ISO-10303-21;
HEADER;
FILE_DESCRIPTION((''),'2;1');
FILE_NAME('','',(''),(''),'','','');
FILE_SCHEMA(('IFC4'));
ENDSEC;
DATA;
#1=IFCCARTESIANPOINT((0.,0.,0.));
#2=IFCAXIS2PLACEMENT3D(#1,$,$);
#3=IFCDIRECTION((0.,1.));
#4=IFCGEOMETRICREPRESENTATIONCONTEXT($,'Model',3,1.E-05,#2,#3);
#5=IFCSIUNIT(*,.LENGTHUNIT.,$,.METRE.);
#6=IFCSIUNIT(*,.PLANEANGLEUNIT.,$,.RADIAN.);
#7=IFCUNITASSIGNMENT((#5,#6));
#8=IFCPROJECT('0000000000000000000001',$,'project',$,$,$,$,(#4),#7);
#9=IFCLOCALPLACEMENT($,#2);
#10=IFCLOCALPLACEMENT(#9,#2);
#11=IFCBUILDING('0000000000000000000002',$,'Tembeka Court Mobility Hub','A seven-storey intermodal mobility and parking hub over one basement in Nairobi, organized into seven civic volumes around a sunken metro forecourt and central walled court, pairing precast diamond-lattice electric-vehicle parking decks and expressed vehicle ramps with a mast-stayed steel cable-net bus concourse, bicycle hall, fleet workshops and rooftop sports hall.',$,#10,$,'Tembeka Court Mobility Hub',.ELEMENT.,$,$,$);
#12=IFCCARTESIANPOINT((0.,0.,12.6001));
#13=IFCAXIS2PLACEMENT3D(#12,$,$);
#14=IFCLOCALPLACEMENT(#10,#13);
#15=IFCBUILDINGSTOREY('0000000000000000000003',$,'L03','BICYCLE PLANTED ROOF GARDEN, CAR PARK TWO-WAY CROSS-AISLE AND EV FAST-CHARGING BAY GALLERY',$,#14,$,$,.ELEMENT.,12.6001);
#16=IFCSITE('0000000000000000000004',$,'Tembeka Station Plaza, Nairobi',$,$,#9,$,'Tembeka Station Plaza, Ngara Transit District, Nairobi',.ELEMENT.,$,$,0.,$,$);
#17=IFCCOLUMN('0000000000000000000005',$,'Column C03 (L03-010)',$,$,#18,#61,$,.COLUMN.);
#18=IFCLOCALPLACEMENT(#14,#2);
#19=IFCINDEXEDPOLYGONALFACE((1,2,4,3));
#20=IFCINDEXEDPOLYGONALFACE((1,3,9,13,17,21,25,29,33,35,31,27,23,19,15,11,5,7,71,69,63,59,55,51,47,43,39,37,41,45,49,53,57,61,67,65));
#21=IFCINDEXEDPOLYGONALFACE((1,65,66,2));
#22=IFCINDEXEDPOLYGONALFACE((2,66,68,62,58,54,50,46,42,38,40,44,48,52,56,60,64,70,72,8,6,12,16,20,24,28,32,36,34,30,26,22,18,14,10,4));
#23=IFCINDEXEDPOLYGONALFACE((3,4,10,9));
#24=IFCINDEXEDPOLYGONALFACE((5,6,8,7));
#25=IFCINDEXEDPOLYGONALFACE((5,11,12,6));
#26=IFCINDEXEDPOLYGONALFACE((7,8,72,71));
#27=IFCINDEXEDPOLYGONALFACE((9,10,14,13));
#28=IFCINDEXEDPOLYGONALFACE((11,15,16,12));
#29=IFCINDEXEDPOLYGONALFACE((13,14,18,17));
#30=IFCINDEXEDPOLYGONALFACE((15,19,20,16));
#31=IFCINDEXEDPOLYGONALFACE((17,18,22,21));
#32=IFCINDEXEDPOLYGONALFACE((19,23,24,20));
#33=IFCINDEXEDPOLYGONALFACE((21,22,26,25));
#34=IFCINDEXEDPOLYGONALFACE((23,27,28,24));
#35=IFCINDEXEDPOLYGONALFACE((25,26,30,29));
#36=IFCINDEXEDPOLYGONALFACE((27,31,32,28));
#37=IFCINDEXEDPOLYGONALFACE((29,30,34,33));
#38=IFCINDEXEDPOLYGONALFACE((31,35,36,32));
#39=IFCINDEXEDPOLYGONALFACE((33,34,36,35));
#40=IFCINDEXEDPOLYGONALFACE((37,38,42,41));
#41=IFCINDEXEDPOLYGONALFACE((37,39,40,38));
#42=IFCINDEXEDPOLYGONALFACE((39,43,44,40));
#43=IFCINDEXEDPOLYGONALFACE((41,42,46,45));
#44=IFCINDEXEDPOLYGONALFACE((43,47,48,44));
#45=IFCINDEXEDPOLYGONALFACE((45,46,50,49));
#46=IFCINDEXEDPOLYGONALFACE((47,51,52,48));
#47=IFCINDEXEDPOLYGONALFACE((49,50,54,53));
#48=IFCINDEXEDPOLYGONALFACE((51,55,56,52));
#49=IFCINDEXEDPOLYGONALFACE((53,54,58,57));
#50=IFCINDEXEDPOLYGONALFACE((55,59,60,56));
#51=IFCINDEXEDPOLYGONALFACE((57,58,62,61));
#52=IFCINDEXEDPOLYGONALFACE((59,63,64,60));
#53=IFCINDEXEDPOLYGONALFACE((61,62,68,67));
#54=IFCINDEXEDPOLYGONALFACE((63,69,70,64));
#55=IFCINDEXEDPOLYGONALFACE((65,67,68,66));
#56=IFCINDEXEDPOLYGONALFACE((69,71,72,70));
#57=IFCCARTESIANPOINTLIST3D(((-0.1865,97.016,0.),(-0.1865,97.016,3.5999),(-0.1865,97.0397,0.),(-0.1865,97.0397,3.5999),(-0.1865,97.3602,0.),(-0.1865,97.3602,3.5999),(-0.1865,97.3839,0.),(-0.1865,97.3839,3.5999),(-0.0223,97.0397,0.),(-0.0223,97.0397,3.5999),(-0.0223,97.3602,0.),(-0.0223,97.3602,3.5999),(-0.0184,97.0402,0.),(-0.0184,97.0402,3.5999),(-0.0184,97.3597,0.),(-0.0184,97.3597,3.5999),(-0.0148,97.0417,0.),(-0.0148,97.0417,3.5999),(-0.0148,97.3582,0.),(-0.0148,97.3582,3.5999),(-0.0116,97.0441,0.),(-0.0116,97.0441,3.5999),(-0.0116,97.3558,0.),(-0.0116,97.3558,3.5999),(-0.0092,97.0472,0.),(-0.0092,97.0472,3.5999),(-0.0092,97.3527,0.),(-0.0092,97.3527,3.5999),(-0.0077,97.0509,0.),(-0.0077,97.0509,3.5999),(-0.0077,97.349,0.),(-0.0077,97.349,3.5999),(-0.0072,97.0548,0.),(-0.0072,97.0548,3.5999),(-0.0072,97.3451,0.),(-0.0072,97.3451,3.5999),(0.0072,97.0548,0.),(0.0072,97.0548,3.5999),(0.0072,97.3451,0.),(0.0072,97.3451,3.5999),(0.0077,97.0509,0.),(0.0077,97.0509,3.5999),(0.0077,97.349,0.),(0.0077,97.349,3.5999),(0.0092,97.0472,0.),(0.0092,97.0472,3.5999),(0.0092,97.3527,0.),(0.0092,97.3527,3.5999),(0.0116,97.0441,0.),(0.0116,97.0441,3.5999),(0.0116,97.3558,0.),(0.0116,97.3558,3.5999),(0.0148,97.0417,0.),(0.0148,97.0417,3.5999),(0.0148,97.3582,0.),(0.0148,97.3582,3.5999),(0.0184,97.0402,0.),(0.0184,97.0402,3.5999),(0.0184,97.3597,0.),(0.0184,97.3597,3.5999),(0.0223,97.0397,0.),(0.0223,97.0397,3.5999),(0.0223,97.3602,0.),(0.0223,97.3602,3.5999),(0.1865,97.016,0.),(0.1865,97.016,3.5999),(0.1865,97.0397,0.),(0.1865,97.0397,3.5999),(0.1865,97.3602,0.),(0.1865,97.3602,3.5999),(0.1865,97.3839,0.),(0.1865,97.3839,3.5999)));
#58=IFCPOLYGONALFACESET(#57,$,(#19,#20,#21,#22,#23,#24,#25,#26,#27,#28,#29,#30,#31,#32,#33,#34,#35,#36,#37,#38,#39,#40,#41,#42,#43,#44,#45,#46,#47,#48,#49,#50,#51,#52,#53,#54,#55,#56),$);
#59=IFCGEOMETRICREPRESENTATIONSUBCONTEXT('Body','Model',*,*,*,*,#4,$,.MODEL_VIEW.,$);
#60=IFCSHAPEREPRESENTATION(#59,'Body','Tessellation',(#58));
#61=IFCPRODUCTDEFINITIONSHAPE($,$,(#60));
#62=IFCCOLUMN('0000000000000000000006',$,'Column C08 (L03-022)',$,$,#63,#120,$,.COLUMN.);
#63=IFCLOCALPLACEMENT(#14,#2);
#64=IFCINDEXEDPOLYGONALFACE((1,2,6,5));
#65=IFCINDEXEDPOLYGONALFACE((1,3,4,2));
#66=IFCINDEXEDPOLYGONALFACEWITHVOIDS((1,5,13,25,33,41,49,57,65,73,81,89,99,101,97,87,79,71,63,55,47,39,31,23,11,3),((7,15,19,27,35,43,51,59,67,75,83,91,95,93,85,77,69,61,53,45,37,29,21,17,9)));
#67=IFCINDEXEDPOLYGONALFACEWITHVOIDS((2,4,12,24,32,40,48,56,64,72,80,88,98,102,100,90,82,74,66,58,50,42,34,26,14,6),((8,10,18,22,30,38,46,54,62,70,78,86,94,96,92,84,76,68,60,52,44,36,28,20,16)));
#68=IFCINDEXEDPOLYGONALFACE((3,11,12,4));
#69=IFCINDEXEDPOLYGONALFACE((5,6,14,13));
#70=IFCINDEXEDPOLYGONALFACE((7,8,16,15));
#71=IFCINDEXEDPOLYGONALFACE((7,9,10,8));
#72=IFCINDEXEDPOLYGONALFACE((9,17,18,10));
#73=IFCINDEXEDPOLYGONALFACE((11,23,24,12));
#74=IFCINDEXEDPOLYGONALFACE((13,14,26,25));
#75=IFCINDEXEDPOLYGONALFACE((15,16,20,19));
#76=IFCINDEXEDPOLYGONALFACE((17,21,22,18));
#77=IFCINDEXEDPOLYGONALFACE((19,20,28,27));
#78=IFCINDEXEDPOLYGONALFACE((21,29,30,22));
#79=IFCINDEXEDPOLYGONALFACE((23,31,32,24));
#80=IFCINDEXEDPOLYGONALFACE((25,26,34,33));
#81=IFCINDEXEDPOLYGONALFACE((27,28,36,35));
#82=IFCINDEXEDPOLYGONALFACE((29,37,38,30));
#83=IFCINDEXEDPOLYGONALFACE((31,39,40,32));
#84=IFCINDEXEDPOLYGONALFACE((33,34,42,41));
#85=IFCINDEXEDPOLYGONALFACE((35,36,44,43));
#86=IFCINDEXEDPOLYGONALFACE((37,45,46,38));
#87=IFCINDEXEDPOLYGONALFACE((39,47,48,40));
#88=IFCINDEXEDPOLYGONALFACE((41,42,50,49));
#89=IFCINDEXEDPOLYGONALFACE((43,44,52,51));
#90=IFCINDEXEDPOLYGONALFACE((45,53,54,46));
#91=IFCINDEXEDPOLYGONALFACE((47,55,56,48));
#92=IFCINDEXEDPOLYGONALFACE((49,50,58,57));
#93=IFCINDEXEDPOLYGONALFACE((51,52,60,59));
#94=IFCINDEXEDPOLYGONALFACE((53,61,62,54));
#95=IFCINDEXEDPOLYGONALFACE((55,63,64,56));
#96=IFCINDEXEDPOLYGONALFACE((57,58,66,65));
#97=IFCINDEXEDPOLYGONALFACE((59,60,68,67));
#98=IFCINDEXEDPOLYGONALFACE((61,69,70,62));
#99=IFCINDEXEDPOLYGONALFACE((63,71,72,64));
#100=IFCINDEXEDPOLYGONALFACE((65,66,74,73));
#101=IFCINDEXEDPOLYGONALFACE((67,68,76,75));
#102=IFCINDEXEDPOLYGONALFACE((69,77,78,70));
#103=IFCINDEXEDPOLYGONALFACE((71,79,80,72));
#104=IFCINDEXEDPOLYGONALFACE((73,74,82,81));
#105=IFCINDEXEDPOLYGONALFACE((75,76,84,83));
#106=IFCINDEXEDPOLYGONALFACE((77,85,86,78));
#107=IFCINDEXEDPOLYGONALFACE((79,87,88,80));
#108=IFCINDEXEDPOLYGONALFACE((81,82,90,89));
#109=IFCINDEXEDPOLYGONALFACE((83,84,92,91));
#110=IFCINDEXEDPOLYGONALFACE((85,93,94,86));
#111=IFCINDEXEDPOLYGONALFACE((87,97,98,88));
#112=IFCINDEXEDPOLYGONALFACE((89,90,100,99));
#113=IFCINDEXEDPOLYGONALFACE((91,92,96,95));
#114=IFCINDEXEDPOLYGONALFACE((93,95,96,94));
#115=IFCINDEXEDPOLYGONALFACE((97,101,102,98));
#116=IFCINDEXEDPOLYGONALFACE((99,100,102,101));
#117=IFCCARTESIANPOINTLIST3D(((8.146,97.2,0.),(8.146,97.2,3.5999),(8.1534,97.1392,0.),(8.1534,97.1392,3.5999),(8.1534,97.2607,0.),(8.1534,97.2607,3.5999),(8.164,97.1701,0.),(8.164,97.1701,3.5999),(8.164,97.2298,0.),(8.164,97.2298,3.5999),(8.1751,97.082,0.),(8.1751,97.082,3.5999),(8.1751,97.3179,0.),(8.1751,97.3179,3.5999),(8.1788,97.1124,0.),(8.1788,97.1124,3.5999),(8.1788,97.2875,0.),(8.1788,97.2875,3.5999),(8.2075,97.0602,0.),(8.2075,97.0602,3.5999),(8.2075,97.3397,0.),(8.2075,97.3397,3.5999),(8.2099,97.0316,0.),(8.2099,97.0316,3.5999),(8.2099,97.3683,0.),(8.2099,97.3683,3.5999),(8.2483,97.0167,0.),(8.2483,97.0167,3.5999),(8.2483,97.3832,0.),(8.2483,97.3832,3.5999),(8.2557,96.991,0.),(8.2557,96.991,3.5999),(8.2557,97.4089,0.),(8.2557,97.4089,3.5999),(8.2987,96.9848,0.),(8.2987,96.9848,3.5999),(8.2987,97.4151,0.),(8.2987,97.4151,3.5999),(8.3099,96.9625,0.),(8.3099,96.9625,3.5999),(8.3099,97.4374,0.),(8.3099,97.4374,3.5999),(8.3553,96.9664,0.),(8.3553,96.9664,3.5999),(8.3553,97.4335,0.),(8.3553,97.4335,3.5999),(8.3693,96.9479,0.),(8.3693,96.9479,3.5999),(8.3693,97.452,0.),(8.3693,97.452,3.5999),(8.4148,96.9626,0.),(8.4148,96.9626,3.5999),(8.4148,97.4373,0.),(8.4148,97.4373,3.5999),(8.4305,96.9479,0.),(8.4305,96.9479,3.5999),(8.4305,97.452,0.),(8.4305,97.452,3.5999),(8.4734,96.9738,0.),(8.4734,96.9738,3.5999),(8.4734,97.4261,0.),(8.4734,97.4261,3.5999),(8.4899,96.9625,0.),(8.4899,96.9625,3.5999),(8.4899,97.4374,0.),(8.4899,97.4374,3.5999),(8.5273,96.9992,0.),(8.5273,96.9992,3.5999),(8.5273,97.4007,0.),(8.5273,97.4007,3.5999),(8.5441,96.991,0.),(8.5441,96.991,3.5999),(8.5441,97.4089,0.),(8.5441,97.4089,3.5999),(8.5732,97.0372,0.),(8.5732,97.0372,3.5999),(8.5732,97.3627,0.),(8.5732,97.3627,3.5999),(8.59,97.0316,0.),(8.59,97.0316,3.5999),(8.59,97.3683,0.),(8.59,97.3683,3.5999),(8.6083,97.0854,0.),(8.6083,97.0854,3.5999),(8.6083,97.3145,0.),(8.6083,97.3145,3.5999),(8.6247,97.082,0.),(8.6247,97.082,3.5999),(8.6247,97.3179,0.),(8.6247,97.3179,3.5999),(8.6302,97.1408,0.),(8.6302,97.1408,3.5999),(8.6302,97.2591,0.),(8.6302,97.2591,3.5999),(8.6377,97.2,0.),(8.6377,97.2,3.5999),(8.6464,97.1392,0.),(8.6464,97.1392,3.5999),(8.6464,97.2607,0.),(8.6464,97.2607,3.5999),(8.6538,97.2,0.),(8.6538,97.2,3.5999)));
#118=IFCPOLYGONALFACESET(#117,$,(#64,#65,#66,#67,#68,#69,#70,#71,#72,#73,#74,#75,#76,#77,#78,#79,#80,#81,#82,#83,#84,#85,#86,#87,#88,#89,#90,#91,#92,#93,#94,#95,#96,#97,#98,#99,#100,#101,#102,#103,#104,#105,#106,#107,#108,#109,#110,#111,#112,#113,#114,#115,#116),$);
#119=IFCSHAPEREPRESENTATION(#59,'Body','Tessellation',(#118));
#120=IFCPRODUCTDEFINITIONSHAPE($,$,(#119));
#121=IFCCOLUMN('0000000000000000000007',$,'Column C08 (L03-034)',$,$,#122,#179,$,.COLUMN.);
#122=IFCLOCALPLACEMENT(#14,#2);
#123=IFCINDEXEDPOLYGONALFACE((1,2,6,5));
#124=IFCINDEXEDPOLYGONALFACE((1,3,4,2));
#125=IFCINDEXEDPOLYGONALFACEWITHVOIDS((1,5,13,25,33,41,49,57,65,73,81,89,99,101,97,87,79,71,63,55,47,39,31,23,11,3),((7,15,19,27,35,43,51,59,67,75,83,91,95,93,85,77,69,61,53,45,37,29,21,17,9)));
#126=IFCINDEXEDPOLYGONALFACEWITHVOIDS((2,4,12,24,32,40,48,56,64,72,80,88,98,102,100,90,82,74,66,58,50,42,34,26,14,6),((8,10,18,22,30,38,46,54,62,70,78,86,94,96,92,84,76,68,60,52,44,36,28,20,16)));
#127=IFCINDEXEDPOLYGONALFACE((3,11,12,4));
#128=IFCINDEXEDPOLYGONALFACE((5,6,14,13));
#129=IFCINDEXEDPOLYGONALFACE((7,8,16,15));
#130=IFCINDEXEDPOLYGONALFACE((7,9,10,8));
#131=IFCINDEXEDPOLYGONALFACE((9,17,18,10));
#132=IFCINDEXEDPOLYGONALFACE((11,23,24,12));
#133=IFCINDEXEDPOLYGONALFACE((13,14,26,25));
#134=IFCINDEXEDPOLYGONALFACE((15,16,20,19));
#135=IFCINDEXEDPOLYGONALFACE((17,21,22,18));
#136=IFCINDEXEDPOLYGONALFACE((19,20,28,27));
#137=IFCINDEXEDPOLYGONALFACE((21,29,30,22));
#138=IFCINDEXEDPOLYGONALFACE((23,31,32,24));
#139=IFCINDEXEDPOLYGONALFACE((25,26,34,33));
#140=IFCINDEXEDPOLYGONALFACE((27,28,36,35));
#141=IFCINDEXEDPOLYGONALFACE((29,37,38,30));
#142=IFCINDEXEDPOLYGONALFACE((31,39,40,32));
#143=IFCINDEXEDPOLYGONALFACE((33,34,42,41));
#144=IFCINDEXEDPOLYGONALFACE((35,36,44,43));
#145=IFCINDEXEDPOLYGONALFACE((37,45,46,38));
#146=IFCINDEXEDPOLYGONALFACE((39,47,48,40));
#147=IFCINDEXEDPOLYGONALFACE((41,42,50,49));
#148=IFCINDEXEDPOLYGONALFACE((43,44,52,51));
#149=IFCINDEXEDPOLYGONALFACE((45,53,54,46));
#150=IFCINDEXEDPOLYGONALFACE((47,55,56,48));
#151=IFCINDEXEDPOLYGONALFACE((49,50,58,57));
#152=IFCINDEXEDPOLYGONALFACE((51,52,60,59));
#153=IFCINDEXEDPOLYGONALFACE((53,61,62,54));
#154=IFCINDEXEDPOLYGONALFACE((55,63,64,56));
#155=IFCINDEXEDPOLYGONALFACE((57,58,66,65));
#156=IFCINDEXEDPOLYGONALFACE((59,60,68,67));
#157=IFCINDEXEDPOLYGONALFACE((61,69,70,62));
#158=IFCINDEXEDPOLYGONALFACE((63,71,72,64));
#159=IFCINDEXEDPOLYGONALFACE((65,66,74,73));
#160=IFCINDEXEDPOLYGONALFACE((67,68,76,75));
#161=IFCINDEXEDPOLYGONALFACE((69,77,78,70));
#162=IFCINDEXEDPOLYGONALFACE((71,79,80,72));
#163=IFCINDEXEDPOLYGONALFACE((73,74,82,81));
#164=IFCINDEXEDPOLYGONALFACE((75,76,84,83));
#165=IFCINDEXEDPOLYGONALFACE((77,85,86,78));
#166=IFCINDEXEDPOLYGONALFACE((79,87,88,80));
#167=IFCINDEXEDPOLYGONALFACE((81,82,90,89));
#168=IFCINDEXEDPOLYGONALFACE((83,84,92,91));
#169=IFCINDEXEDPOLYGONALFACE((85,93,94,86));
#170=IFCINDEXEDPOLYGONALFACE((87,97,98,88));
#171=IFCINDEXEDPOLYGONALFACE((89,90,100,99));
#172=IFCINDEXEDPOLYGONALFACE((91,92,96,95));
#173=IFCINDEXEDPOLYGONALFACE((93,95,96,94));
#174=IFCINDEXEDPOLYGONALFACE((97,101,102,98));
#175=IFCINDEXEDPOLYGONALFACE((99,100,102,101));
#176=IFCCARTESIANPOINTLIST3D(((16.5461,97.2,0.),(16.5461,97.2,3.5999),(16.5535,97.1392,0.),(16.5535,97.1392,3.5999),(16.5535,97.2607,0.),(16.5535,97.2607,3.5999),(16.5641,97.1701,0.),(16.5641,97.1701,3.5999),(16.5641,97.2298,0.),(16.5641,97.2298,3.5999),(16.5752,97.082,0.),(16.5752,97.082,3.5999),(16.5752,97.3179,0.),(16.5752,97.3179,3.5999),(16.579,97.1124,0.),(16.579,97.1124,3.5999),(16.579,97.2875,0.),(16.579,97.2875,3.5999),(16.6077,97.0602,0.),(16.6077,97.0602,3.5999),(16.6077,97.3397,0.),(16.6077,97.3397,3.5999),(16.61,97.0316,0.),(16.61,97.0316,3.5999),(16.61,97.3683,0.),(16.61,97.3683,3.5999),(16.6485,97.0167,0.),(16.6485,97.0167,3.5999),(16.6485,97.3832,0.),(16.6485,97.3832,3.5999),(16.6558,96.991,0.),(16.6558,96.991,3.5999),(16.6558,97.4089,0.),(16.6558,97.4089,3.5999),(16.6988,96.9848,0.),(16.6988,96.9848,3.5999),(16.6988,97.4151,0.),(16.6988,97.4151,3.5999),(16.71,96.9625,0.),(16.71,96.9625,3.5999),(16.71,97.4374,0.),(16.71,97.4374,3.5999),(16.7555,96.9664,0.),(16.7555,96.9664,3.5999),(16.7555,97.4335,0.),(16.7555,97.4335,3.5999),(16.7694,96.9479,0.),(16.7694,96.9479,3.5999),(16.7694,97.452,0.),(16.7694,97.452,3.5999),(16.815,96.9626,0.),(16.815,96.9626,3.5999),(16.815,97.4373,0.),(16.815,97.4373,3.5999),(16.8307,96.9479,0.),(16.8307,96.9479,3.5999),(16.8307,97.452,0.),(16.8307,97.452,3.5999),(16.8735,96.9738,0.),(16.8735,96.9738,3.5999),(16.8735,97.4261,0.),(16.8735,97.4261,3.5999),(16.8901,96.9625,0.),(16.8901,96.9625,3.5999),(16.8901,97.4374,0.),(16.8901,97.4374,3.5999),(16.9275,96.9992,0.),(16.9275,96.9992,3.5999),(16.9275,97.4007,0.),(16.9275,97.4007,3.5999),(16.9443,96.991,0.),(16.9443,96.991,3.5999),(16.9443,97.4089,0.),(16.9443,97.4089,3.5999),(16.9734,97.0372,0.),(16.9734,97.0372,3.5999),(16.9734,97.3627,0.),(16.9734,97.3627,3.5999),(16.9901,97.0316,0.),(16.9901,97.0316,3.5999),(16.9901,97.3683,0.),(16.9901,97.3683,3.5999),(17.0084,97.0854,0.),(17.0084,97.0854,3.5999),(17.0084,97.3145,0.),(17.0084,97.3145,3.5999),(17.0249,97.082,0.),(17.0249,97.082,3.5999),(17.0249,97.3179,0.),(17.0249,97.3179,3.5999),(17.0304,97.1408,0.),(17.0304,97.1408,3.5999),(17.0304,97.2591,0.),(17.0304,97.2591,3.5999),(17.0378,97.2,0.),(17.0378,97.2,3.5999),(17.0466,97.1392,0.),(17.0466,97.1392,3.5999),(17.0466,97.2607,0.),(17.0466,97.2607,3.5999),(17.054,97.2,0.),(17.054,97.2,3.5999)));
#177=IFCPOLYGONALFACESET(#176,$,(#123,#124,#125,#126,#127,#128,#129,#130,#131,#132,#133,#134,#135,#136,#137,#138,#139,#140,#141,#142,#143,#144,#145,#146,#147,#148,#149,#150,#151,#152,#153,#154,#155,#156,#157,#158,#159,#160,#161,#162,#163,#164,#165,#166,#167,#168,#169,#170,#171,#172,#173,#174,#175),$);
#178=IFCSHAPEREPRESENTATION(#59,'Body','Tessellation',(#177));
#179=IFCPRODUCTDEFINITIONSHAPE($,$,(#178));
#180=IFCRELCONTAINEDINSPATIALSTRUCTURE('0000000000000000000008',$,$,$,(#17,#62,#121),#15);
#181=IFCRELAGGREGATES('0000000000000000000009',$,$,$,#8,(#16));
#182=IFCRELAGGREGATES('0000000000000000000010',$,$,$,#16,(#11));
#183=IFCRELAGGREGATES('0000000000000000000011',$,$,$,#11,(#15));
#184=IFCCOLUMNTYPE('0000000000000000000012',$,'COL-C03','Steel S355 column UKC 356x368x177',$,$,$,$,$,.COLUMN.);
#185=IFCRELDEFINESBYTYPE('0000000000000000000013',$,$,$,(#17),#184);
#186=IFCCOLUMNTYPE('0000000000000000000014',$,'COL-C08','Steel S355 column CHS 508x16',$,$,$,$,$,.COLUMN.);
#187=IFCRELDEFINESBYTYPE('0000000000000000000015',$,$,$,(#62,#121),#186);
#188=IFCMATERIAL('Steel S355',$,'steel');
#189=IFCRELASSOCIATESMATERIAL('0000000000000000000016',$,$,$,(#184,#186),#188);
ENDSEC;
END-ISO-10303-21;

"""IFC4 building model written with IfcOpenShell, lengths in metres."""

from ifc_helpers import new_model, si_unit, direction, frame, origin, origin_2d, place, context, subcontext, project, spatial, hollow_circle, i_section, extrude, material, material_profile, profile_set, type_object, element, save


model = new_model("IFC4")

# Units and contexts
model_context = context("Model", 3, precision=1e-05, world=origin(), true_north=direction((0.0, 1.0)))
body_context = subcontext(model_context, "Body", "Model", "MODEL_VIEW")
ifc_project = project(units=[si_unit("LENGTHUNIT", "METRE"), si_unit("PLANEANGLEUNIT", "RADIAN")], contexts=[model_context])

# Site, building, storey
site_placement = place(None, origin())
site = spatial("IfcSite", under=ifc_project, at=site_placement, Name="Tembeka Station Plaza, Nairobi", LongName="Tembeka Station Plaza, Ngara Transit District, Nairobi", CompositionType="ELEMENT", RefElevation=0.0)
building_placement = place(site_placement, origin())
building = spatial("IfcBuilding", under=site, at=building_placement, Name="Tembeka Court Mobility Hub", Description="A seven-storey intermodal mobility and parking hub over one basement in Nairobi, organized into seven civic volumes around a sunken metro forecourt and central walled court, pairing precast diamond-lattice electric-vehicle parking decks and expressed vehicle ramps with a mast-stayed steel cable-net bus concourse, bicycle hall, fleet workshops and rooftop sports hall.", LongName="Tembeka Court Mobility Hub", CompositionType="ELEMENT")
storey_placement = place(building_placement, frame((0.0, 0.0, 12.6001)))
storey = spatial("IfcBuildingStorey", under=building, at=storey_placement, Name="L03", Description="BICYCLE PLANTED ROOF GARDEN, CAR PARK TWO-WAY CROSS-AISLE AND EV FAST-CHARGING BAY GALLERY", CompositionType="ELEMENT", Elevation=12.6001)

# Columns
ifc_material_1 = material(Name="Steel S355", Category="steel")
ifc_material_profile_1 = material_profile(ifc_material_1, i_section(OverallWidth=0.373, OverallDepth=0.3679, WebThickness=0.0144, FlangeThickness=0.0237, FilletRadius=0.0151, at=origin_2d()), Name="UKC 356x368x177")
ifc_profile_set_1 = profile_set([ifc_material_profile_1], Name="Steel S355")
column_type_1 = type_object("IfcColumnType", Name="COL-C03", Description="Steel S355 column UKC 356x368x177", PredefinedType="COLUMN", material=ifc_profile_set_1)
column_placement = place(storey_placement, frame((0.0, 97.2, 0.0), z_axis=(0.0, 0.0, 1.0), x_axis=(1.0, 0.0, 0.0)))
element("IfcColumn", 1, at=column_placement, inside=storey, type_object=column_type_1, Name="Column C03 (L03-010)", PredefinedType="COLUMN", context=body_context, shape_type="SweptSolid", body=[
    extrude(i_section(OverallWidth=0.373, OverallDepth=0.3679, WebThickness=0.0144, FlangeThickness=0.0237, FilletRadius=0.0151, at=origin_2d()), origin(), (0.0, 0.0, 1.0), 3.5999),
])
ifc_material_profile_2 = material_profile(ifc_material_1, hollow_circle(Radius=0.2539, WallThickness=0.0161, at=origin_2d()), Name="CHS 508x16")
ifc_profile_set_2 = profile_set([ifc_material_profile_2], Name="Steel S355")
column_type_2 = type_object("IfcColumnType", Name="COL-C08", Description="Steel S355 column CHS 508x16", PredefinedType="COLUMN", material=ifc_profile_set_2)
for number, where, z_axis, x_axis, name in (
    (2, (8.3999, 97.2, 0.0), (0.0, 0.0, 1.0), (1.0, 0.0, 0.0), "Column C08 (L03-022)"),
    (3, (16.8, 97.2, 0.0), (0.0, 0.0, 1.0), (1.0, 0.0, 0.0), "Column C08 (L03-034)"),
):
    element("IfcColumn", number, at=place(storey_placement, frame(where, z_axis=z_axis, x_axis=x_axis)), inside=storey, type_object=column_type_2, Name=name, PredefinedType="COLUMN", context=body_context, shape_type="SweptSolid", body=[
        extrude(hollow_circle(Radius=0.2539, WallThickness=0.0161, at=origin_2d()), origin(), (0.0, 0.0, 1.0), 3.5999),
    ])

save(model, "model.ifc")
